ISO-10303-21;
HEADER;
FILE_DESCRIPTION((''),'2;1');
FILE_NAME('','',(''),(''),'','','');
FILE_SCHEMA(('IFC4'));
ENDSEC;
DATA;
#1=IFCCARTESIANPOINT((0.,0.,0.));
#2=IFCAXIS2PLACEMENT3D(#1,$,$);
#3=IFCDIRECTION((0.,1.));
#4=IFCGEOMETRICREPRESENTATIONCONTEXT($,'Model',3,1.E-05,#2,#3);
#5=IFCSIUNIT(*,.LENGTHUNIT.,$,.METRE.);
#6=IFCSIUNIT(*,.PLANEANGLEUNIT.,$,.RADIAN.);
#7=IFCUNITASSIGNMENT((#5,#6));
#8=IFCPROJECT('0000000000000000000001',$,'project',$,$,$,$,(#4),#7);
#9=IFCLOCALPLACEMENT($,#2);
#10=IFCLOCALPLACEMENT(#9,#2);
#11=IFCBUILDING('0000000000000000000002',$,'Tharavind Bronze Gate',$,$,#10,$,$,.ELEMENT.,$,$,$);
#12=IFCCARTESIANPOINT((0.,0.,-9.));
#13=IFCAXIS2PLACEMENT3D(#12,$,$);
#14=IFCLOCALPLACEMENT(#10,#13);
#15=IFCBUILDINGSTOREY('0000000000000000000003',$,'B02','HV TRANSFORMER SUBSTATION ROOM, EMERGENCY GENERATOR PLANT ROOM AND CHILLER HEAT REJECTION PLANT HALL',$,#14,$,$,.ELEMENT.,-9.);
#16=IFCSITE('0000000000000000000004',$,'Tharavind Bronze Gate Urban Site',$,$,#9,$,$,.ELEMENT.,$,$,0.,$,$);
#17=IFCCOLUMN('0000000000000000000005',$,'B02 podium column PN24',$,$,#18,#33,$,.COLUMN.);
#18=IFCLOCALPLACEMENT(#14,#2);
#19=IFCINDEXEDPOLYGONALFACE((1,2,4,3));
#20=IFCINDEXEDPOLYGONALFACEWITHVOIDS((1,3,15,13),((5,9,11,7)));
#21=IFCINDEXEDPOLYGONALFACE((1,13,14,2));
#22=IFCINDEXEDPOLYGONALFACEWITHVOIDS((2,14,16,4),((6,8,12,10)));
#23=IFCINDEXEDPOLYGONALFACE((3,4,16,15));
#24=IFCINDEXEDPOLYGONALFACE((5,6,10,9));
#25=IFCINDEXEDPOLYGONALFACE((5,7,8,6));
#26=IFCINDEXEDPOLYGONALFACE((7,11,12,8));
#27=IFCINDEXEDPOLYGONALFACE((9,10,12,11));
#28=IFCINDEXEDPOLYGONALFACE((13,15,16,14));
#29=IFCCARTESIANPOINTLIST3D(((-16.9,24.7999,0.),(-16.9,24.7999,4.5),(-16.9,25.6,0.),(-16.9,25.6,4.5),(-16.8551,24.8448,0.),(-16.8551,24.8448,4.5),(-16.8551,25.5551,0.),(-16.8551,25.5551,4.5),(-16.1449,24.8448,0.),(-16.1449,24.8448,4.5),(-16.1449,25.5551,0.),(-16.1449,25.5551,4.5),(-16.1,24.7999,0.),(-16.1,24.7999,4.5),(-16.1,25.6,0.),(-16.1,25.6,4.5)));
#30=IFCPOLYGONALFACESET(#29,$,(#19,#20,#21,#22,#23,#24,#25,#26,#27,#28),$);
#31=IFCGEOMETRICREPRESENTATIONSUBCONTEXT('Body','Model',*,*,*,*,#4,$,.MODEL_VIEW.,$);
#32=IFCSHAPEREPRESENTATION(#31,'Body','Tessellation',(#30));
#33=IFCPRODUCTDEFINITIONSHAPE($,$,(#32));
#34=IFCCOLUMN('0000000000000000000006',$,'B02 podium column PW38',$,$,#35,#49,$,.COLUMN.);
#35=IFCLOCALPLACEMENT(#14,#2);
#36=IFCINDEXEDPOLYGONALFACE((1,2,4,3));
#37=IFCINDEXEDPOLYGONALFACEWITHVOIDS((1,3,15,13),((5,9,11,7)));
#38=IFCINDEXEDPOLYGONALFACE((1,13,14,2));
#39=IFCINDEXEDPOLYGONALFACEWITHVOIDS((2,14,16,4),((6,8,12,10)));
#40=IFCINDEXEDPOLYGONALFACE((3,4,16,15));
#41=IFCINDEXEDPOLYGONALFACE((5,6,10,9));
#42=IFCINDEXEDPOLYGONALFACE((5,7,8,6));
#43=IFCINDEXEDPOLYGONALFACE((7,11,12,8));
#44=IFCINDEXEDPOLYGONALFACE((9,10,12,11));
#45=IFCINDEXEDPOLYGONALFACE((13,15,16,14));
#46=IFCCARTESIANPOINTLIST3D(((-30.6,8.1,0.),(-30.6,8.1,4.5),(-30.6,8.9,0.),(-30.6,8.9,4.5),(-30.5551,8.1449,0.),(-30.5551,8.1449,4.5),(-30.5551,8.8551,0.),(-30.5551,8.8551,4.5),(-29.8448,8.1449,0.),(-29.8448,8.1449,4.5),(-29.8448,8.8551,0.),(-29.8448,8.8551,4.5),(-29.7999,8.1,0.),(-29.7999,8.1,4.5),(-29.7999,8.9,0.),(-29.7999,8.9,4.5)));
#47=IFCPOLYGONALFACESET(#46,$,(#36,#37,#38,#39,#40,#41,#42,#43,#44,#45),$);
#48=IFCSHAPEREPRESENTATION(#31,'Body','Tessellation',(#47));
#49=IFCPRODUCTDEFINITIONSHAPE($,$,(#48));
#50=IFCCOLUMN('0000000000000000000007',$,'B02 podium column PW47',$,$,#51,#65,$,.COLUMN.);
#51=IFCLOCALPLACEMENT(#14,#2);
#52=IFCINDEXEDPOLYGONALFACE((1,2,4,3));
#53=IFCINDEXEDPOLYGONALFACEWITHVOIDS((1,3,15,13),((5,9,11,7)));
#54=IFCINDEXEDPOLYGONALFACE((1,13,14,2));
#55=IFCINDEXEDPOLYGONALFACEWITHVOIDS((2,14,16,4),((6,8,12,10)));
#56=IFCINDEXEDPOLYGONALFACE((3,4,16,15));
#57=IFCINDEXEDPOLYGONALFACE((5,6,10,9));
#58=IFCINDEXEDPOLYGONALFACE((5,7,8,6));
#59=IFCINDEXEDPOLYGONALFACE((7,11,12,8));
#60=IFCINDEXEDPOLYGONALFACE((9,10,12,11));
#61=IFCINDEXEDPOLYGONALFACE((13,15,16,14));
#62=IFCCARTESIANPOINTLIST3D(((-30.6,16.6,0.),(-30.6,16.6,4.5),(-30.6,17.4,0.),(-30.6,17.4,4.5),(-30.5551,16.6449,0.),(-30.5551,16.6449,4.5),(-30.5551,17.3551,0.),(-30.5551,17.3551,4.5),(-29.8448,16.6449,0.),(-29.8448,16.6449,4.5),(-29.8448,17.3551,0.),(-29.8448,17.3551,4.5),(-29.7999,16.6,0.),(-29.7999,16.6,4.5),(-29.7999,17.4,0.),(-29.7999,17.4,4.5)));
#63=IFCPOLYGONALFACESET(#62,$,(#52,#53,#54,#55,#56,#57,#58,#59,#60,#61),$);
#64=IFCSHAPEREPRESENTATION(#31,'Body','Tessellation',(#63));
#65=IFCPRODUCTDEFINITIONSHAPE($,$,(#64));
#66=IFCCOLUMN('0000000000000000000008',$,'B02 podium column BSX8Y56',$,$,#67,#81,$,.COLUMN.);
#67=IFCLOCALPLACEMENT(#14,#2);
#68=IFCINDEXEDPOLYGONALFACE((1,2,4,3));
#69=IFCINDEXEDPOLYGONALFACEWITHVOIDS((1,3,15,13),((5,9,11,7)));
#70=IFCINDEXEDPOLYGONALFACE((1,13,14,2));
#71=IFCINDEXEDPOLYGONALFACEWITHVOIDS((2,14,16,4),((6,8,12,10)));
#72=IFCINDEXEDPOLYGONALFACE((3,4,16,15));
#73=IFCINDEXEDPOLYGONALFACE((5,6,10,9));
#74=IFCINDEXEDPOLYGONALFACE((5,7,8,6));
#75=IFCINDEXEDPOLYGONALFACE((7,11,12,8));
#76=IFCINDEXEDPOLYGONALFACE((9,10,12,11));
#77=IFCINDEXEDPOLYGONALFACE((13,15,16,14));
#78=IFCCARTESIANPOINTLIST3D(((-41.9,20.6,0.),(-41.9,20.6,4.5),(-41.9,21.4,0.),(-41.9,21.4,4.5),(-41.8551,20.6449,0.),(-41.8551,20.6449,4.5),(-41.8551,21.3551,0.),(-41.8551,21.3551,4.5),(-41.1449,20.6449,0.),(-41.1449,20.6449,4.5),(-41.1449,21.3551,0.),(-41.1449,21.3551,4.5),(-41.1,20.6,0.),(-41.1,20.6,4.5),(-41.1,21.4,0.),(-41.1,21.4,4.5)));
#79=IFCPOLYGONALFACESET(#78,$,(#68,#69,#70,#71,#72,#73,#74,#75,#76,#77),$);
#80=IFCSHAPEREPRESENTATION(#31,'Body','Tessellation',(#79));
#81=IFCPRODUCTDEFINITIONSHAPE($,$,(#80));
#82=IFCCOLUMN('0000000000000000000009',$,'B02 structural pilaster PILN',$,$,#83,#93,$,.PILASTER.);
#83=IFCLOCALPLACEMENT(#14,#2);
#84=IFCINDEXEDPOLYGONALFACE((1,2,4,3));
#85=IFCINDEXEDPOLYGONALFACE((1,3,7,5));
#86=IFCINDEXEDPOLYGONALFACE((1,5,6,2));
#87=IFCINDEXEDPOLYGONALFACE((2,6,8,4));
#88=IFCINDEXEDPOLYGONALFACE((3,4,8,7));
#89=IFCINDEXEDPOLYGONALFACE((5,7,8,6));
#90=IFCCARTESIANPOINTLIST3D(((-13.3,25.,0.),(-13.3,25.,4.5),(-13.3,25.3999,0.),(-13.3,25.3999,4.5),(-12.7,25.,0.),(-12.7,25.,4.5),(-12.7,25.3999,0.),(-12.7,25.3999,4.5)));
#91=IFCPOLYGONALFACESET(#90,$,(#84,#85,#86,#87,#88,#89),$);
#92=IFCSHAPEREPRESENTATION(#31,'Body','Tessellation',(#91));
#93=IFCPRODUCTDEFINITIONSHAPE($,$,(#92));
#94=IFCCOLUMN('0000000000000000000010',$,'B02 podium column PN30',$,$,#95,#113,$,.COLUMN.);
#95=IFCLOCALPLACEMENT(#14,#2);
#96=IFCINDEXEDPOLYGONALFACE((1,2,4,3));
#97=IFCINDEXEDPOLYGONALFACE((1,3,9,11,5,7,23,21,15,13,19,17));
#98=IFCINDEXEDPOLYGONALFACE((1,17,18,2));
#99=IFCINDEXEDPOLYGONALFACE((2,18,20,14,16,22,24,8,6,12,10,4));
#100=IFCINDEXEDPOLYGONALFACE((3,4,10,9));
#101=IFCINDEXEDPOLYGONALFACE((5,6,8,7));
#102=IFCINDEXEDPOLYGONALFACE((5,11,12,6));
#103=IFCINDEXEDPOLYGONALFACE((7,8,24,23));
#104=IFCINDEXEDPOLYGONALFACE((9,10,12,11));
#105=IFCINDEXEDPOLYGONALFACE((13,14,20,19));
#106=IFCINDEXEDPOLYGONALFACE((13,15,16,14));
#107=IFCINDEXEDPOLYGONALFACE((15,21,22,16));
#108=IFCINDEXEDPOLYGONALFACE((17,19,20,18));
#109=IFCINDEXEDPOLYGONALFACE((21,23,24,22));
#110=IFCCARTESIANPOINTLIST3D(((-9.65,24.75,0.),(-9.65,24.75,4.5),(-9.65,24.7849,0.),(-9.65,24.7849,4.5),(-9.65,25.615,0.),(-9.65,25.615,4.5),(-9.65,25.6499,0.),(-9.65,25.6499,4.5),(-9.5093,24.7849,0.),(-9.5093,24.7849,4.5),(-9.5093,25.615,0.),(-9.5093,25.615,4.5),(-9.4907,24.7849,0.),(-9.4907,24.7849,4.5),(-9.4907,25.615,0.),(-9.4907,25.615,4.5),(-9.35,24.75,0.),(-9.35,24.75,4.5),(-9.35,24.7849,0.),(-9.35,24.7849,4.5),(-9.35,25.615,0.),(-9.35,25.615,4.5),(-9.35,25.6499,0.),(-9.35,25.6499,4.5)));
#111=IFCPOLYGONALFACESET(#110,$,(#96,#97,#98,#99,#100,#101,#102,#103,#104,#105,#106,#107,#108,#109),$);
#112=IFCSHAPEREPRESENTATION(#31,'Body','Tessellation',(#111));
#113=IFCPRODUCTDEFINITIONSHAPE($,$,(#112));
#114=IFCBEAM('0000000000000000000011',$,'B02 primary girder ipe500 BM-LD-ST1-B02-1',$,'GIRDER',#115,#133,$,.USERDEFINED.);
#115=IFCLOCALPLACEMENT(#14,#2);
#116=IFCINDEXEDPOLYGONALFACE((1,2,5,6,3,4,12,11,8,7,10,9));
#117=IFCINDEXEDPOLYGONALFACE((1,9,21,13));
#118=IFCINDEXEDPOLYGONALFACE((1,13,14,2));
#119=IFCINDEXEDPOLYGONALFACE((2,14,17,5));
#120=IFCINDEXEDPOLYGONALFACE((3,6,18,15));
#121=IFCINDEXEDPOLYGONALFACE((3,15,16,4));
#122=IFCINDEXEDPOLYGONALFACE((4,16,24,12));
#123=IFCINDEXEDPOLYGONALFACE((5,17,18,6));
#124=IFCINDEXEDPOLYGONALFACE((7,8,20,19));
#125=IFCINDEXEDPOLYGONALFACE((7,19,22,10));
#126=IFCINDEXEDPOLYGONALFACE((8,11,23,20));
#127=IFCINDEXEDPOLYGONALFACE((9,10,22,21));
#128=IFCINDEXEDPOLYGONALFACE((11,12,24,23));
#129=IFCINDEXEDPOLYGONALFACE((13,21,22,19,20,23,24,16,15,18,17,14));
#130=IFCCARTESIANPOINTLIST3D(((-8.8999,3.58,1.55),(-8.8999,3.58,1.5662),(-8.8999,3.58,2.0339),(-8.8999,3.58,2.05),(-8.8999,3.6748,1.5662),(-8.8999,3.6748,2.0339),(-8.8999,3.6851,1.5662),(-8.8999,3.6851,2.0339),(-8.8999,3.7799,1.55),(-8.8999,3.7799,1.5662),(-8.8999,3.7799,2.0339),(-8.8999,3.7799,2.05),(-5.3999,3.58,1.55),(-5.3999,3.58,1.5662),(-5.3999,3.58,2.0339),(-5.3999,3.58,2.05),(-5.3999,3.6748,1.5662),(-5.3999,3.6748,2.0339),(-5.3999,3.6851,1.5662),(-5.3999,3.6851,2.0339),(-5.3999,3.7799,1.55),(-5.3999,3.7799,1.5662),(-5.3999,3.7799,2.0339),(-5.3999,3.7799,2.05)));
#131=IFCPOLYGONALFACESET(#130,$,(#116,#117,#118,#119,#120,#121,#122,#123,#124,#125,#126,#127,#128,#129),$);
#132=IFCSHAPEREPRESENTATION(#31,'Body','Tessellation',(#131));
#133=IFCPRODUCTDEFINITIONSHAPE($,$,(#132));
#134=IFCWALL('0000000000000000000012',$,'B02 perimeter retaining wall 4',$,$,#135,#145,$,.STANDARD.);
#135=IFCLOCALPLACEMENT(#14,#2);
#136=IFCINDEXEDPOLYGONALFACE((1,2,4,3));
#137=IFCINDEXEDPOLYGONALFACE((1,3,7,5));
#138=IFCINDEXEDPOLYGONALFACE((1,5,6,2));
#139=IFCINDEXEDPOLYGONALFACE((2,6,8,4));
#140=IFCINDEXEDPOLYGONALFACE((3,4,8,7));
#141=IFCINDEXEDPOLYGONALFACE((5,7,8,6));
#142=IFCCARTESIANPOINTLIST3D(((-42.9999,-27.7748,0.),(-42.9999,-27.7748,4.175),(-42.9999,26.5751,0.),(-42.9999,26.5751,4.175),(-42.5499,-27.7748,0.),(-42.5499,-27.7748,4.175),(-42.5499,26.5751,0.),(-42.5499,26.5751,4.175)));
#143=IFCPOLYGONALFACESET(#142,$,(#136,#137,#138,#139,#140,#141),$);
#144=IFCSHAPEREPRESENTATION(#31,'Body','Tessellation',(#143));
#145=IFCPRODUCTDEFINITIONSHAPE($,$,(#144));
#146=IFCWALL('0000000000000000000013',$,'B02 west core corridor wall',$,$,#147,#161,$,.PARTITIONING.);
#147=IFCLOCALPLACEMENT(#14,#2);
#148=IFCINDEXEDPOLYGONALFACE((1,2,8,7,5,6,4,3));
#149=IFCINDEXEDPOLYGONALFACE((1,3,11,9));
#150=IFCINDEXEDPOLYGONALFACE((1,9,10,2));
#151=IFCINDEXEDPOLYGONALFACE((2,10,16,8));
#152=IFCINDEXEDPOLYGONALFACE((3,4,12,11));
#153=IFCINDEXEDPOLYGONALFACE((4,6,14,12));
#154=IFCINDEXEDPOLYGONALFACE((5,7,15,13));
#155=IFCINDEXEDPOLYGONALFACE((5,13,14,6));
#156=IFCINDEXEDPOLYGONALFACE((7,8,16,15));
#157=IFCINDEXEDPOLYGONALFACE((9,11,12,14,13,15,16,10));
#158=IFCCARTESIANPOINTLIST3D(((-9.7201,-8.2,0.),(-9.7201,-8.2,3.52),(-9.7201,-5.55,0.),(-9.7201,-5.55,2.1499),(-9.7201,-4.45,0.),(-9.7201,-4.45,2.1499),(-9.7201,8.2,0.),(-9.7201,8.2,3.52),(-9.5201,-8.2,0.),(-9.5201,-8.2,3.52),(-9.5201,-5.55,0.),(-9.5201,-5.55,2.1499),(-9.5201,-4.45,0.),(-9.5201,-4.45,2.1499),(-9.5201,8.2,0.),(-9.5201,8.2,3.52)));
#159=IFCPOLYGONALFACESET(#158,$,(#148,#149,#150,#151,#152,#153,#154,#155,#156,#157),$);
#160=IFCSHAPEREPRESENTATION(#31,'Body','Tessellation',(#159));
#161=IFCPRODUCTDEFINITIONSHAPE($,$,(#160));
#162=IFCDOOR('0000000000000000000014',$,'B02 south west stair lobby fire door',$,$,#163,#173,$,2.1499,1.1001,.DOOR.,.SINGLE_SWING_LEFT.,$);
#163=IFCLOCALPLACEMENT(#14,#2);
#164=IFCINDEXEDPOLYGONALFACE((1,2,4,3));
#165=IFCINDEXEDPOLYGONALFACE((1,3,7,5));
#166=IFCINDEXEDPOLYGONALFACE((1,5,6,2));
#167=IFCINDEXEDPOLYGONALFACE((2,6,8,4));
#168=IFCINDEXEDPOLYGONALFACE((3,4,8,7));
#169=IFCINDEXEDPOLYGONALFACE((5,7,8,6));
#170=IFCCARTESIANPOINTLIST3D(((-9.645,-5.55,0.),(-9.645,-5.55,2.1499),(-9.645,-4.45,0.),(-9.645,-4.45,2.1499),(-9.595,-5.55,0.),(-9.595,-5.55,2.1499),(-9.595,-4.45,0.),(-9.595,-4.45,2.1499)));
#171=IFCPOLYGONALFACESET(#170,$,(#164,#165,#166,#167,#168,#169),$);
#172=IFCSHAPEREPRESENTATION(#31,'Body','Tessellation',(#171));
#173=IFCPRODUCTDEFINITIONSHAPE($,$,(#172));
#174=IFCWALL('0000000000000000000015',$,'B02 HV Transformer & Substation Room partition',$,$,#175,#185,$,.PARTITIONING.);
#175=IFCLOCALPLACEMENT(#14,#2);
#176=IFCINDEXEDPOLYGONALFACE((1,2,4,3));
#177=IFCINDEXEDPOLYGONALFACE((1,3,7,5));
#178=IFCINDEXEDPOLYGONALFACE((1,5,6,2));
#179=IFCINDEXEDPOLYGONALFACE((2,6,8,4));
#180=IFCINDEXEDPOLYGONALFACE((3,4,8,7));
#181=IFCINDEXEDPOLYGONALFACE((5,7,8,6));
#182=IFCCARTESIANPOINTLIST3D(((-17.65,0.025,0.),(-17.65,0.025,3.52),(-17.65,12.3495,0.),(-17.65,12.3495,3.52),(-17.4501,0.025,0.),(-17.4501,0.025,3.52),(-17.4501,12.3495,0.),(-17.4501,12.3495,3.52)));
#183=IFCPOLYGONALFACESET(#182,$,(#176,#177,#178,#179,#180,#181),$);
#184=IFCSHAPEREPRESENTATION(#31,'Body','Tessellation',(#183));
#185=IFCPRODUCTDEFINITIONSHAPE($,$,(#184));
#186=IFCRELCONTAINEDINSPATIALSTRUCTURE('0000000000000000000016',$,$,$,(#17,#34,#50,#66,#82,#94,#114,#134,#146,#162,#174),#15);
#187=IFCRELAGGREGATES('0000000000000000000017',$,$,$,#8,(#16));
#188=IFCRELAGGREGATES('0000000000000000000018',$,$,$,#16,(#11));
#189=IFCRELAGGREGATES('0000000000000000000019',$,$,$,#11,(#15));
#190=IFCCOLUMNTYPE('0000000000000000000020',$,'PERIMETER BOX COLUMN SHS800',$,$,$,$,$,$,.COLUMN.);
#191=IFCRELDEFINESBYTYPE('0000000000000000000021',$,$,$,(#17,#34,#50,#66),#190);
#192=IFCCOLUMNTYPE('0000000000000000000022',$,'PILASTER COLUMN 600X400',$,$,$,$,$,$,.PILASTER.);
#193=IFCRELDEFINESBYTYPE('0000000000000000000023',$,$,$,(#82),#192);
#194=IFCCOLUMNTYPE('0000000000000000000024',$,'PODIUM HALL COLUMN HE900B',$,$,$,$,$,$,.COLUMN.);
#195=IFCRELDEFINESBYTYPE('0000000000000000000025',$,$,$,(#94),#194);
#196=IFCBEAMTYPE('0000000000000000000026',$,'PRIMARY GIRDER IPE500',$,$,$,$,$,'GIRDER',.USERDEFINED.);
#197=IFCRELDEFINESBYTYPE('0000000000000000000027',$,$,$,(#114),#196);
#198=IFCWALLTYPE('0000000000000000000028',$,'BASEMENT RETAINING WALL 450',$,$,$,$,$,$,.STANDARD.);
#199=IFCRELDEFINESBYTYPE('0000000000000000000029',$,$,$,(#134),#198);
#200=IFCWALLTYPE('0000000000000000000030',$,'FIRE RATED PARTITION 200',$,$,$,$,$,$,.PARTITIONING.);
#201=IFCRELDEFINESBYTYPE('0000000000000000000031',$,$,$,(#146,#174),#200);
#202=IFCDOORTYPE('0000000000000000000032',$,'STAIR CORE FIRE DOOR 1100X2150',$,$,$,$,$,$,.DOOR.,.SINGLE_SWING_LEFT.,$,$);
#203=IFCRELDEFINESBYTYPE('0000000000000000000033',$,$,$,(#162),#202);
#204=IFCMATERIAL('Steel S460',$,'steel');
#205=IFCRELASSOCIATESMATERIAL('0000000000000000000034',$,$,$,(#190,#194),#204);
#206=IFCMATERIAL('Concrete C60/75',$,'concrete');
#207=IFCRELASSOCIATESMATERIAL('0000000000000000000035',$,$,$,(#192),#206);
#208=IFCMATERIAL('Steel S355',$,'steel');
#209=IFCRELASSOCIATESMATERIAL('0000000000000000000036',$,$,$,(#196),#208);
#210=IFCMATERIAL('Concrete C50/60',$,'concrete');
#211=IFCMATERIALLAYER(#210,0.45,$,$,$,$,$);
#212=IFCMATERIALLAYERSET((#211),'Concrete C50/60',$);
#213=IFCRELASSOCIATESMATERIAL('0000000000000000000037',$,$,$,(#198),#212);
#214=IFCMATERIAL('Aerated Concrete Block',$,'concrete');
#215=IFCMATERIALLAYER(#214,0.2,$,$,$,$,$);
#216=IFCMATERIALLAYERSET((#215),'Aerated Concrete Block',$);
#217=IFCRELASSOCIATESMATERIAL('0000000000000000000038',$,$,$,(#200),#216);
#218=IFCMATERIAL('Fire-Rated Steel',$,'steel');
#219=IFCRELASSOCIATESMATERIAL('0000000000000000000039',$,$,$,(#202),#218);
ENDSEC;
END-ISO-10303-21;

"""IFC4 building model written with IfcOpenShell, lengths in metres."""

from ifc_helpers import new_model, si_unit, direction, frame, frame_2d, origin, origin_2d, place, context, subcontext, project, spatial, rectangle, hollow_rectangle, i_section, extrude, material, layer, layer_set, material_profile, profile_set, type_object, element, fill, save


model = new_model("IFC4")

# Units and contexts
model_context = context("Model", 3, precision=1e-05, world=origin(), true_north=direction((0.0, 1.0)))
body_context = subcontext(model_context, "Body", "Model", "MODEL_VIEW")
ifc_project = project(units=[si_unit("LENGTHUNIT", "METRE"), si_unit("PLANEANGLEUNIT", "RADIAN")], contexts=[model_context])

# Site, building, storey
site_placement = place(None, origin())
site = spatial("IfcSite", under=ifc_project, at=site_placement, Name="Tharavind Bronze Gate Urban Site", CompositionType="ELEMENT", RefElevation=0.0)
building_placement = place(site_placement, origin())
building = spatial("IfcBuilding", under=site, at=building_placement, Name="Tharavind Bronze Gate", CompositionType="ELEMENT")
storey_placement = place(building_placement, frame((0.0, 0.0, -9.0)))
storey = spatial("IfcBuildingStorey", under=building, at=storey_placement, Name="B02", Description="HV TRANSFORMER SUBSTATION ROOM, EMERGENCY GENERATOR PLANT ROOM AND CHILLER HEAT REJECTION PLANT HALL", CompositionType="ELEMENT", Elevation=-9.0)

# Shared definitions
ifc_material_1 = material(Name="Concrete C50/60", Category="concrete")

# Columns
ifc_material_2 = material(Name="Steel S460", Category="steel")
ifc_material_profile_1 = material_profile(ifc_material_2, hollow_rectangle(XDim=0.8, YDim=0.8, WallThickness=0.0449, at=origin_2d()), Name="SHS800X45")
ifc_profile_set_1 = profile_set([ifc_material_profile_1], Name="Steel S460")
column_type_1 = type_object("IfcColumnType", Name="PERIMETER BOX COLUMN SHS800", PredefinedType="COLUMN", material=ifc_profile_set_1)
for number, where, z_axis, x_axis, name in (
    (1, (-16.5, 25.2, 0.0), (0.0, 0.0, 1.0), (1.0, 0.0, 0.0), "B02 podium column PN24"),
    (2, (-30.2, 8.5, 0.0), (0.0, 0.0, 1.0), (1.0, 0.0, 0.0), "B02 podium column PW38"),
    (3, (-30.2, 17.0, 0.0), (0.0, 0.0, 1.0), (1.0, 0.0, 0.0), "B02 podium column PW47"),
    (4, (-41.5, 21.0, 0.0), (0.0, 0.0, 1.0), (1.0, 0.0, 0.0), "B02 podium column BSX8Y56"),
):
    element("IfcColumn", number, at=place(storey_placement, frame(where, z_axis=z_axis, x_axis=x_axis)), inside=storey, type_object=column_type_1, Name=name, PredefinedType="COLUMN", context=body_context, shape_type="SweptSolid", body=[
        extrude(hollow_rectangle(XDim=0.8, YDim=0.8, WallThickness=0.0449, at=origin_2d()), origin(), (0.0, 0.0, 1.0), 4.5),
    ])
ifc_material_3 = material(Name="Concrete C60/75", Category="concrete")
ifc_material_profile_2 = material_profile(ifc_material_3, rectangle(XDim=0.6001, YDim=0.3999, at=origin_2d()), Name="RCPIL600X400")
ifc_profile_set_2 = profile_set([ifc_material_profile_2], Name="Concrete C60/75")
column_type_2 = type_object("IfcColumnType", Name="PILASTER COLUMN 600X400", PredefinedType="PILASTER", material=ifc_profile_set_2)
column_1_placement = place(storey_placement, frame((-13.0, 25.2, 0.0), z_axis=(0.0, 0.0, 1.0), x_axis=(1.0, 0.0, 0.0)))
element("IfcColumn", 5, at=column_1_placement, inside=storey, type_object=column_type_2, Name="B02 structural pilaster PILN", PredefinedType="PILASTER", context=body_context, shape_type="SweptSolid", body=[
    extrude(rectangle(XDim=0.6001, YDim=0.3999, at=origin_2d()), origin(), (0.0, 0.0, 1.0), 4.5),
])
ifc_material_profile_3 = material_profile(ifc_material_2, i_section(OverallWidth=0.3, OverallDepth=0.8999, WebThickness=0.0186, FlangeThickness=0.0349, at=origin_2d()), Name="HE900B")
ifc_profile_set_3 = profile_set([ifc_material_profile_3], Name="Steel S460")
column_type_3 = type_object("IfcColumnType", Name="PODIUM HALL COLUMN HE900B", PredefinedType="COLUMN", material=ifc_profile_set_3)
column_2_placement = place(storey_placement, frame((-9.5, 25.2, 0.0), z_axis=(0.0, 0.0, 1.0), x_axis=(1.0, 0.0, 0.0)))
element("IfcColumn", 6, at=column_2_placement, inside=storey, type_object=column_type_3, Name="B02 podium column PN30", PredefinedType="COLUMN", context=body_context, shape_type="SweptSolid", body=[
    extrude(i_section(OverallWidth=0.3, OverallDepth=0.8999, WebThickness=0.0186, FlangeThickness=0.0349, at=origin_2d()), origin(), (0.0, 0.0, 1.0), 4.5),
])

# Beam
ifc_material_4 = material(Name="Steel S355", Category="steel")
ifc_material_profile_4 = material_profile(ifc_material_4, i_section(OverallWidth=0.2, OverallDepth=0.5, WebThickness=0.0103, FlangeThickness=0.0161, at=origin_2d()), Name="IPE500")
ifc_profile_set_4 = profile_set([ifc_material_profile_4], Name="Steel S355")
beam_type = type_object("IfcBeamType", Name="PRIMARY GIRDER IPE500", ElementType="GIRDER", PredefinedType="USERDEFINED", material=ifc_profile_set_4)
beam_placement = place(storey_placement, frame((-8.8999, 3.6799, 1.8), z_axis=(1.0, 0.0, 0.0), x_axis=(0.0, 1.0, 0.0)))
element("IfcBeam", 7, at=beam_placement, inside=storey, type_object=beam_type, Name="B02 primary girder ipe500 BM-LD-ST1-B02-1", ObjectType="GIRDER", PredefinedType="USERDEFINED", context=body_context, shape_type="SweptSolid", body=[
    extrude(i_section(OverallWidth=0.2, OverallDepth=0.5, WebThickness=0.0103, FlangeThickness=0.0161, at=origin_2d()), origin(), (0.0, 0.0, 1.0), 3.5),
])

# Wall
ifc_layer_1 = layer(ifc_material_1, 0.45)
ifc_layer_set_1 = layer_set([ifc_layer_1], Name="Concrete C50/60")
wall_type_1 = type_object("IfcWallType", Name="BASEMENT RETAINING WALL 450", PredefinedType="STANDARD", material=ifc_layer_set_1)
wall_1_placement = place(storey_placement, frame((-42.7749, 26.575, 0.0), z_axis=(0.0, 0.0, 1.0), x_axis=(0.0, -1.0, 0.0)))
element("IfcWall", 8, at=wall_1_placement, inside=storey, type_object=wall_type_1, Name="B02 perimeter retaining wall 4", PredefinedType="STANDARD", context=body_context, shape_type="SweptSolid", body=[
    extrude(rectangle(XDim=54.3499, YDim=0.45, at=frame_2d((27.1748, 0.0))), origin(), (0.0, 0.0, 1.0), 4.175),
])

# Wall, opening, door
ifc_material_5 = material(Name="Aerated Concrete Block", Category="concrete")
ifc_layer_2 = layer(ifc_material_5, 0.2)
ifc_layer_set_2 = layer_set([ifc_layer_2], Name="Aerated Concrete Block")
wall_type_2 = type_object("IfcWallType", Name="FIRE RATED PARTITION 200", PredefinedType="PARTITIONING", material=ifc_layer_set_2)
wall_2_placement = place(storey_placement, frame((-9.6201, 8.2, 0.0), z_axis=(0.0, 0.0, 1.0), x_axis=(0.0, -1.0, 0.0)))
wall_2 = element("IfcWall", 9, at=wall_2_placement, inside=storey, type_object=wall_type_2, Name="B02 west core corridor wall", PredefinedType="PARTITIONING", context=body_context, shape_type="SweptSolid", body=[
    extrude(rectangle(XDim=16.3999, YDim=0.2, at=frame_2d((8.2, 0.0))), origin(), (0.0, 0.0, 1.0), 3.52),
])
opening_placement = place(wall_2_placement, frame((12.6499, 0.0, 0.0)))
opening = element("IfcOpeningElement", 10, at=opening_placement, cuts=wall_2, PredefinedType="OPENING", context=body_context, shape_type="SweptSolid", body=[
    extrude(rectangle(XDim=1.1001, YDim=2.1499, at=frame_2d((0.55, 1.075))), frame((0.0, 0.1101, 0.0), z_axis=(0.0, -1.0, 0.0), x_axis=(1.0, 0.0, 0.0)), (0.0, 0.0, 1.0), 0.22),
])
ifc_material_6 = material(Name="Fire-Rated Steel", Category="steel")
door_type = type_object("IfcDoorType", Name="STAIR CORE FIRE DOOR 1100X2150", OperationType="SINGLE_SWING_LEFT", PredefinedType="DOOR", material=ifc_material_6)
door_placement = place(opening_placement, frame((1.1001, 0.0, 0.0), z_axis=(0.0, 0.0, 1.0), x_axis=(-1.0, 0.0, 0.0)))
door = element("IfcDoor", 11, at=door_placement, inside=storey, type_object=door_type, Name="B02 south west stair lobby fire door", OperationType="SINGLE_SWING_LEFT", OverallHeight=2.1499, OverallWidth=1.1001, PredefinedType="DOOR", context=body_context, shape_type="SweptSolid", body=[
    extrude(rectangle(XDim=1.1001, YDim=2.1499, at=frame_2d((0.55, 1.075))), frame((0.0, 0.0249, 0.0), z_axis=(0.0, -1.0, 0.0), x_axis=(1.0, 0.0, 0.0)), (0.0, 0.0, 1.0), 0.05),
])
fill(opening, door)

# Wall
wall_3_placement = place(storey_placement, frame((-17.55, 12.3494, 0.0), z_axis=(0.0, 0.0, 1.0), x_axis=(0.0, -1.0, 0.0)))
element("IfcWall", 12, at=wall_3_placement, inside=storey, type_object=wall_type_2, Name="B02 HV Transformer & Substation Room partition", PredefinedType="PARTITIONING", context=body_context, shape_type="SweptSolid", body=[
    extrude(rectangle(XDim=12.3245, YDim=0.2, at=frame_2d((6.1621, 0.0))), origin(), (0.0, 0.0, 1.0), 3.52),
])

save(model, "model.ifc")
